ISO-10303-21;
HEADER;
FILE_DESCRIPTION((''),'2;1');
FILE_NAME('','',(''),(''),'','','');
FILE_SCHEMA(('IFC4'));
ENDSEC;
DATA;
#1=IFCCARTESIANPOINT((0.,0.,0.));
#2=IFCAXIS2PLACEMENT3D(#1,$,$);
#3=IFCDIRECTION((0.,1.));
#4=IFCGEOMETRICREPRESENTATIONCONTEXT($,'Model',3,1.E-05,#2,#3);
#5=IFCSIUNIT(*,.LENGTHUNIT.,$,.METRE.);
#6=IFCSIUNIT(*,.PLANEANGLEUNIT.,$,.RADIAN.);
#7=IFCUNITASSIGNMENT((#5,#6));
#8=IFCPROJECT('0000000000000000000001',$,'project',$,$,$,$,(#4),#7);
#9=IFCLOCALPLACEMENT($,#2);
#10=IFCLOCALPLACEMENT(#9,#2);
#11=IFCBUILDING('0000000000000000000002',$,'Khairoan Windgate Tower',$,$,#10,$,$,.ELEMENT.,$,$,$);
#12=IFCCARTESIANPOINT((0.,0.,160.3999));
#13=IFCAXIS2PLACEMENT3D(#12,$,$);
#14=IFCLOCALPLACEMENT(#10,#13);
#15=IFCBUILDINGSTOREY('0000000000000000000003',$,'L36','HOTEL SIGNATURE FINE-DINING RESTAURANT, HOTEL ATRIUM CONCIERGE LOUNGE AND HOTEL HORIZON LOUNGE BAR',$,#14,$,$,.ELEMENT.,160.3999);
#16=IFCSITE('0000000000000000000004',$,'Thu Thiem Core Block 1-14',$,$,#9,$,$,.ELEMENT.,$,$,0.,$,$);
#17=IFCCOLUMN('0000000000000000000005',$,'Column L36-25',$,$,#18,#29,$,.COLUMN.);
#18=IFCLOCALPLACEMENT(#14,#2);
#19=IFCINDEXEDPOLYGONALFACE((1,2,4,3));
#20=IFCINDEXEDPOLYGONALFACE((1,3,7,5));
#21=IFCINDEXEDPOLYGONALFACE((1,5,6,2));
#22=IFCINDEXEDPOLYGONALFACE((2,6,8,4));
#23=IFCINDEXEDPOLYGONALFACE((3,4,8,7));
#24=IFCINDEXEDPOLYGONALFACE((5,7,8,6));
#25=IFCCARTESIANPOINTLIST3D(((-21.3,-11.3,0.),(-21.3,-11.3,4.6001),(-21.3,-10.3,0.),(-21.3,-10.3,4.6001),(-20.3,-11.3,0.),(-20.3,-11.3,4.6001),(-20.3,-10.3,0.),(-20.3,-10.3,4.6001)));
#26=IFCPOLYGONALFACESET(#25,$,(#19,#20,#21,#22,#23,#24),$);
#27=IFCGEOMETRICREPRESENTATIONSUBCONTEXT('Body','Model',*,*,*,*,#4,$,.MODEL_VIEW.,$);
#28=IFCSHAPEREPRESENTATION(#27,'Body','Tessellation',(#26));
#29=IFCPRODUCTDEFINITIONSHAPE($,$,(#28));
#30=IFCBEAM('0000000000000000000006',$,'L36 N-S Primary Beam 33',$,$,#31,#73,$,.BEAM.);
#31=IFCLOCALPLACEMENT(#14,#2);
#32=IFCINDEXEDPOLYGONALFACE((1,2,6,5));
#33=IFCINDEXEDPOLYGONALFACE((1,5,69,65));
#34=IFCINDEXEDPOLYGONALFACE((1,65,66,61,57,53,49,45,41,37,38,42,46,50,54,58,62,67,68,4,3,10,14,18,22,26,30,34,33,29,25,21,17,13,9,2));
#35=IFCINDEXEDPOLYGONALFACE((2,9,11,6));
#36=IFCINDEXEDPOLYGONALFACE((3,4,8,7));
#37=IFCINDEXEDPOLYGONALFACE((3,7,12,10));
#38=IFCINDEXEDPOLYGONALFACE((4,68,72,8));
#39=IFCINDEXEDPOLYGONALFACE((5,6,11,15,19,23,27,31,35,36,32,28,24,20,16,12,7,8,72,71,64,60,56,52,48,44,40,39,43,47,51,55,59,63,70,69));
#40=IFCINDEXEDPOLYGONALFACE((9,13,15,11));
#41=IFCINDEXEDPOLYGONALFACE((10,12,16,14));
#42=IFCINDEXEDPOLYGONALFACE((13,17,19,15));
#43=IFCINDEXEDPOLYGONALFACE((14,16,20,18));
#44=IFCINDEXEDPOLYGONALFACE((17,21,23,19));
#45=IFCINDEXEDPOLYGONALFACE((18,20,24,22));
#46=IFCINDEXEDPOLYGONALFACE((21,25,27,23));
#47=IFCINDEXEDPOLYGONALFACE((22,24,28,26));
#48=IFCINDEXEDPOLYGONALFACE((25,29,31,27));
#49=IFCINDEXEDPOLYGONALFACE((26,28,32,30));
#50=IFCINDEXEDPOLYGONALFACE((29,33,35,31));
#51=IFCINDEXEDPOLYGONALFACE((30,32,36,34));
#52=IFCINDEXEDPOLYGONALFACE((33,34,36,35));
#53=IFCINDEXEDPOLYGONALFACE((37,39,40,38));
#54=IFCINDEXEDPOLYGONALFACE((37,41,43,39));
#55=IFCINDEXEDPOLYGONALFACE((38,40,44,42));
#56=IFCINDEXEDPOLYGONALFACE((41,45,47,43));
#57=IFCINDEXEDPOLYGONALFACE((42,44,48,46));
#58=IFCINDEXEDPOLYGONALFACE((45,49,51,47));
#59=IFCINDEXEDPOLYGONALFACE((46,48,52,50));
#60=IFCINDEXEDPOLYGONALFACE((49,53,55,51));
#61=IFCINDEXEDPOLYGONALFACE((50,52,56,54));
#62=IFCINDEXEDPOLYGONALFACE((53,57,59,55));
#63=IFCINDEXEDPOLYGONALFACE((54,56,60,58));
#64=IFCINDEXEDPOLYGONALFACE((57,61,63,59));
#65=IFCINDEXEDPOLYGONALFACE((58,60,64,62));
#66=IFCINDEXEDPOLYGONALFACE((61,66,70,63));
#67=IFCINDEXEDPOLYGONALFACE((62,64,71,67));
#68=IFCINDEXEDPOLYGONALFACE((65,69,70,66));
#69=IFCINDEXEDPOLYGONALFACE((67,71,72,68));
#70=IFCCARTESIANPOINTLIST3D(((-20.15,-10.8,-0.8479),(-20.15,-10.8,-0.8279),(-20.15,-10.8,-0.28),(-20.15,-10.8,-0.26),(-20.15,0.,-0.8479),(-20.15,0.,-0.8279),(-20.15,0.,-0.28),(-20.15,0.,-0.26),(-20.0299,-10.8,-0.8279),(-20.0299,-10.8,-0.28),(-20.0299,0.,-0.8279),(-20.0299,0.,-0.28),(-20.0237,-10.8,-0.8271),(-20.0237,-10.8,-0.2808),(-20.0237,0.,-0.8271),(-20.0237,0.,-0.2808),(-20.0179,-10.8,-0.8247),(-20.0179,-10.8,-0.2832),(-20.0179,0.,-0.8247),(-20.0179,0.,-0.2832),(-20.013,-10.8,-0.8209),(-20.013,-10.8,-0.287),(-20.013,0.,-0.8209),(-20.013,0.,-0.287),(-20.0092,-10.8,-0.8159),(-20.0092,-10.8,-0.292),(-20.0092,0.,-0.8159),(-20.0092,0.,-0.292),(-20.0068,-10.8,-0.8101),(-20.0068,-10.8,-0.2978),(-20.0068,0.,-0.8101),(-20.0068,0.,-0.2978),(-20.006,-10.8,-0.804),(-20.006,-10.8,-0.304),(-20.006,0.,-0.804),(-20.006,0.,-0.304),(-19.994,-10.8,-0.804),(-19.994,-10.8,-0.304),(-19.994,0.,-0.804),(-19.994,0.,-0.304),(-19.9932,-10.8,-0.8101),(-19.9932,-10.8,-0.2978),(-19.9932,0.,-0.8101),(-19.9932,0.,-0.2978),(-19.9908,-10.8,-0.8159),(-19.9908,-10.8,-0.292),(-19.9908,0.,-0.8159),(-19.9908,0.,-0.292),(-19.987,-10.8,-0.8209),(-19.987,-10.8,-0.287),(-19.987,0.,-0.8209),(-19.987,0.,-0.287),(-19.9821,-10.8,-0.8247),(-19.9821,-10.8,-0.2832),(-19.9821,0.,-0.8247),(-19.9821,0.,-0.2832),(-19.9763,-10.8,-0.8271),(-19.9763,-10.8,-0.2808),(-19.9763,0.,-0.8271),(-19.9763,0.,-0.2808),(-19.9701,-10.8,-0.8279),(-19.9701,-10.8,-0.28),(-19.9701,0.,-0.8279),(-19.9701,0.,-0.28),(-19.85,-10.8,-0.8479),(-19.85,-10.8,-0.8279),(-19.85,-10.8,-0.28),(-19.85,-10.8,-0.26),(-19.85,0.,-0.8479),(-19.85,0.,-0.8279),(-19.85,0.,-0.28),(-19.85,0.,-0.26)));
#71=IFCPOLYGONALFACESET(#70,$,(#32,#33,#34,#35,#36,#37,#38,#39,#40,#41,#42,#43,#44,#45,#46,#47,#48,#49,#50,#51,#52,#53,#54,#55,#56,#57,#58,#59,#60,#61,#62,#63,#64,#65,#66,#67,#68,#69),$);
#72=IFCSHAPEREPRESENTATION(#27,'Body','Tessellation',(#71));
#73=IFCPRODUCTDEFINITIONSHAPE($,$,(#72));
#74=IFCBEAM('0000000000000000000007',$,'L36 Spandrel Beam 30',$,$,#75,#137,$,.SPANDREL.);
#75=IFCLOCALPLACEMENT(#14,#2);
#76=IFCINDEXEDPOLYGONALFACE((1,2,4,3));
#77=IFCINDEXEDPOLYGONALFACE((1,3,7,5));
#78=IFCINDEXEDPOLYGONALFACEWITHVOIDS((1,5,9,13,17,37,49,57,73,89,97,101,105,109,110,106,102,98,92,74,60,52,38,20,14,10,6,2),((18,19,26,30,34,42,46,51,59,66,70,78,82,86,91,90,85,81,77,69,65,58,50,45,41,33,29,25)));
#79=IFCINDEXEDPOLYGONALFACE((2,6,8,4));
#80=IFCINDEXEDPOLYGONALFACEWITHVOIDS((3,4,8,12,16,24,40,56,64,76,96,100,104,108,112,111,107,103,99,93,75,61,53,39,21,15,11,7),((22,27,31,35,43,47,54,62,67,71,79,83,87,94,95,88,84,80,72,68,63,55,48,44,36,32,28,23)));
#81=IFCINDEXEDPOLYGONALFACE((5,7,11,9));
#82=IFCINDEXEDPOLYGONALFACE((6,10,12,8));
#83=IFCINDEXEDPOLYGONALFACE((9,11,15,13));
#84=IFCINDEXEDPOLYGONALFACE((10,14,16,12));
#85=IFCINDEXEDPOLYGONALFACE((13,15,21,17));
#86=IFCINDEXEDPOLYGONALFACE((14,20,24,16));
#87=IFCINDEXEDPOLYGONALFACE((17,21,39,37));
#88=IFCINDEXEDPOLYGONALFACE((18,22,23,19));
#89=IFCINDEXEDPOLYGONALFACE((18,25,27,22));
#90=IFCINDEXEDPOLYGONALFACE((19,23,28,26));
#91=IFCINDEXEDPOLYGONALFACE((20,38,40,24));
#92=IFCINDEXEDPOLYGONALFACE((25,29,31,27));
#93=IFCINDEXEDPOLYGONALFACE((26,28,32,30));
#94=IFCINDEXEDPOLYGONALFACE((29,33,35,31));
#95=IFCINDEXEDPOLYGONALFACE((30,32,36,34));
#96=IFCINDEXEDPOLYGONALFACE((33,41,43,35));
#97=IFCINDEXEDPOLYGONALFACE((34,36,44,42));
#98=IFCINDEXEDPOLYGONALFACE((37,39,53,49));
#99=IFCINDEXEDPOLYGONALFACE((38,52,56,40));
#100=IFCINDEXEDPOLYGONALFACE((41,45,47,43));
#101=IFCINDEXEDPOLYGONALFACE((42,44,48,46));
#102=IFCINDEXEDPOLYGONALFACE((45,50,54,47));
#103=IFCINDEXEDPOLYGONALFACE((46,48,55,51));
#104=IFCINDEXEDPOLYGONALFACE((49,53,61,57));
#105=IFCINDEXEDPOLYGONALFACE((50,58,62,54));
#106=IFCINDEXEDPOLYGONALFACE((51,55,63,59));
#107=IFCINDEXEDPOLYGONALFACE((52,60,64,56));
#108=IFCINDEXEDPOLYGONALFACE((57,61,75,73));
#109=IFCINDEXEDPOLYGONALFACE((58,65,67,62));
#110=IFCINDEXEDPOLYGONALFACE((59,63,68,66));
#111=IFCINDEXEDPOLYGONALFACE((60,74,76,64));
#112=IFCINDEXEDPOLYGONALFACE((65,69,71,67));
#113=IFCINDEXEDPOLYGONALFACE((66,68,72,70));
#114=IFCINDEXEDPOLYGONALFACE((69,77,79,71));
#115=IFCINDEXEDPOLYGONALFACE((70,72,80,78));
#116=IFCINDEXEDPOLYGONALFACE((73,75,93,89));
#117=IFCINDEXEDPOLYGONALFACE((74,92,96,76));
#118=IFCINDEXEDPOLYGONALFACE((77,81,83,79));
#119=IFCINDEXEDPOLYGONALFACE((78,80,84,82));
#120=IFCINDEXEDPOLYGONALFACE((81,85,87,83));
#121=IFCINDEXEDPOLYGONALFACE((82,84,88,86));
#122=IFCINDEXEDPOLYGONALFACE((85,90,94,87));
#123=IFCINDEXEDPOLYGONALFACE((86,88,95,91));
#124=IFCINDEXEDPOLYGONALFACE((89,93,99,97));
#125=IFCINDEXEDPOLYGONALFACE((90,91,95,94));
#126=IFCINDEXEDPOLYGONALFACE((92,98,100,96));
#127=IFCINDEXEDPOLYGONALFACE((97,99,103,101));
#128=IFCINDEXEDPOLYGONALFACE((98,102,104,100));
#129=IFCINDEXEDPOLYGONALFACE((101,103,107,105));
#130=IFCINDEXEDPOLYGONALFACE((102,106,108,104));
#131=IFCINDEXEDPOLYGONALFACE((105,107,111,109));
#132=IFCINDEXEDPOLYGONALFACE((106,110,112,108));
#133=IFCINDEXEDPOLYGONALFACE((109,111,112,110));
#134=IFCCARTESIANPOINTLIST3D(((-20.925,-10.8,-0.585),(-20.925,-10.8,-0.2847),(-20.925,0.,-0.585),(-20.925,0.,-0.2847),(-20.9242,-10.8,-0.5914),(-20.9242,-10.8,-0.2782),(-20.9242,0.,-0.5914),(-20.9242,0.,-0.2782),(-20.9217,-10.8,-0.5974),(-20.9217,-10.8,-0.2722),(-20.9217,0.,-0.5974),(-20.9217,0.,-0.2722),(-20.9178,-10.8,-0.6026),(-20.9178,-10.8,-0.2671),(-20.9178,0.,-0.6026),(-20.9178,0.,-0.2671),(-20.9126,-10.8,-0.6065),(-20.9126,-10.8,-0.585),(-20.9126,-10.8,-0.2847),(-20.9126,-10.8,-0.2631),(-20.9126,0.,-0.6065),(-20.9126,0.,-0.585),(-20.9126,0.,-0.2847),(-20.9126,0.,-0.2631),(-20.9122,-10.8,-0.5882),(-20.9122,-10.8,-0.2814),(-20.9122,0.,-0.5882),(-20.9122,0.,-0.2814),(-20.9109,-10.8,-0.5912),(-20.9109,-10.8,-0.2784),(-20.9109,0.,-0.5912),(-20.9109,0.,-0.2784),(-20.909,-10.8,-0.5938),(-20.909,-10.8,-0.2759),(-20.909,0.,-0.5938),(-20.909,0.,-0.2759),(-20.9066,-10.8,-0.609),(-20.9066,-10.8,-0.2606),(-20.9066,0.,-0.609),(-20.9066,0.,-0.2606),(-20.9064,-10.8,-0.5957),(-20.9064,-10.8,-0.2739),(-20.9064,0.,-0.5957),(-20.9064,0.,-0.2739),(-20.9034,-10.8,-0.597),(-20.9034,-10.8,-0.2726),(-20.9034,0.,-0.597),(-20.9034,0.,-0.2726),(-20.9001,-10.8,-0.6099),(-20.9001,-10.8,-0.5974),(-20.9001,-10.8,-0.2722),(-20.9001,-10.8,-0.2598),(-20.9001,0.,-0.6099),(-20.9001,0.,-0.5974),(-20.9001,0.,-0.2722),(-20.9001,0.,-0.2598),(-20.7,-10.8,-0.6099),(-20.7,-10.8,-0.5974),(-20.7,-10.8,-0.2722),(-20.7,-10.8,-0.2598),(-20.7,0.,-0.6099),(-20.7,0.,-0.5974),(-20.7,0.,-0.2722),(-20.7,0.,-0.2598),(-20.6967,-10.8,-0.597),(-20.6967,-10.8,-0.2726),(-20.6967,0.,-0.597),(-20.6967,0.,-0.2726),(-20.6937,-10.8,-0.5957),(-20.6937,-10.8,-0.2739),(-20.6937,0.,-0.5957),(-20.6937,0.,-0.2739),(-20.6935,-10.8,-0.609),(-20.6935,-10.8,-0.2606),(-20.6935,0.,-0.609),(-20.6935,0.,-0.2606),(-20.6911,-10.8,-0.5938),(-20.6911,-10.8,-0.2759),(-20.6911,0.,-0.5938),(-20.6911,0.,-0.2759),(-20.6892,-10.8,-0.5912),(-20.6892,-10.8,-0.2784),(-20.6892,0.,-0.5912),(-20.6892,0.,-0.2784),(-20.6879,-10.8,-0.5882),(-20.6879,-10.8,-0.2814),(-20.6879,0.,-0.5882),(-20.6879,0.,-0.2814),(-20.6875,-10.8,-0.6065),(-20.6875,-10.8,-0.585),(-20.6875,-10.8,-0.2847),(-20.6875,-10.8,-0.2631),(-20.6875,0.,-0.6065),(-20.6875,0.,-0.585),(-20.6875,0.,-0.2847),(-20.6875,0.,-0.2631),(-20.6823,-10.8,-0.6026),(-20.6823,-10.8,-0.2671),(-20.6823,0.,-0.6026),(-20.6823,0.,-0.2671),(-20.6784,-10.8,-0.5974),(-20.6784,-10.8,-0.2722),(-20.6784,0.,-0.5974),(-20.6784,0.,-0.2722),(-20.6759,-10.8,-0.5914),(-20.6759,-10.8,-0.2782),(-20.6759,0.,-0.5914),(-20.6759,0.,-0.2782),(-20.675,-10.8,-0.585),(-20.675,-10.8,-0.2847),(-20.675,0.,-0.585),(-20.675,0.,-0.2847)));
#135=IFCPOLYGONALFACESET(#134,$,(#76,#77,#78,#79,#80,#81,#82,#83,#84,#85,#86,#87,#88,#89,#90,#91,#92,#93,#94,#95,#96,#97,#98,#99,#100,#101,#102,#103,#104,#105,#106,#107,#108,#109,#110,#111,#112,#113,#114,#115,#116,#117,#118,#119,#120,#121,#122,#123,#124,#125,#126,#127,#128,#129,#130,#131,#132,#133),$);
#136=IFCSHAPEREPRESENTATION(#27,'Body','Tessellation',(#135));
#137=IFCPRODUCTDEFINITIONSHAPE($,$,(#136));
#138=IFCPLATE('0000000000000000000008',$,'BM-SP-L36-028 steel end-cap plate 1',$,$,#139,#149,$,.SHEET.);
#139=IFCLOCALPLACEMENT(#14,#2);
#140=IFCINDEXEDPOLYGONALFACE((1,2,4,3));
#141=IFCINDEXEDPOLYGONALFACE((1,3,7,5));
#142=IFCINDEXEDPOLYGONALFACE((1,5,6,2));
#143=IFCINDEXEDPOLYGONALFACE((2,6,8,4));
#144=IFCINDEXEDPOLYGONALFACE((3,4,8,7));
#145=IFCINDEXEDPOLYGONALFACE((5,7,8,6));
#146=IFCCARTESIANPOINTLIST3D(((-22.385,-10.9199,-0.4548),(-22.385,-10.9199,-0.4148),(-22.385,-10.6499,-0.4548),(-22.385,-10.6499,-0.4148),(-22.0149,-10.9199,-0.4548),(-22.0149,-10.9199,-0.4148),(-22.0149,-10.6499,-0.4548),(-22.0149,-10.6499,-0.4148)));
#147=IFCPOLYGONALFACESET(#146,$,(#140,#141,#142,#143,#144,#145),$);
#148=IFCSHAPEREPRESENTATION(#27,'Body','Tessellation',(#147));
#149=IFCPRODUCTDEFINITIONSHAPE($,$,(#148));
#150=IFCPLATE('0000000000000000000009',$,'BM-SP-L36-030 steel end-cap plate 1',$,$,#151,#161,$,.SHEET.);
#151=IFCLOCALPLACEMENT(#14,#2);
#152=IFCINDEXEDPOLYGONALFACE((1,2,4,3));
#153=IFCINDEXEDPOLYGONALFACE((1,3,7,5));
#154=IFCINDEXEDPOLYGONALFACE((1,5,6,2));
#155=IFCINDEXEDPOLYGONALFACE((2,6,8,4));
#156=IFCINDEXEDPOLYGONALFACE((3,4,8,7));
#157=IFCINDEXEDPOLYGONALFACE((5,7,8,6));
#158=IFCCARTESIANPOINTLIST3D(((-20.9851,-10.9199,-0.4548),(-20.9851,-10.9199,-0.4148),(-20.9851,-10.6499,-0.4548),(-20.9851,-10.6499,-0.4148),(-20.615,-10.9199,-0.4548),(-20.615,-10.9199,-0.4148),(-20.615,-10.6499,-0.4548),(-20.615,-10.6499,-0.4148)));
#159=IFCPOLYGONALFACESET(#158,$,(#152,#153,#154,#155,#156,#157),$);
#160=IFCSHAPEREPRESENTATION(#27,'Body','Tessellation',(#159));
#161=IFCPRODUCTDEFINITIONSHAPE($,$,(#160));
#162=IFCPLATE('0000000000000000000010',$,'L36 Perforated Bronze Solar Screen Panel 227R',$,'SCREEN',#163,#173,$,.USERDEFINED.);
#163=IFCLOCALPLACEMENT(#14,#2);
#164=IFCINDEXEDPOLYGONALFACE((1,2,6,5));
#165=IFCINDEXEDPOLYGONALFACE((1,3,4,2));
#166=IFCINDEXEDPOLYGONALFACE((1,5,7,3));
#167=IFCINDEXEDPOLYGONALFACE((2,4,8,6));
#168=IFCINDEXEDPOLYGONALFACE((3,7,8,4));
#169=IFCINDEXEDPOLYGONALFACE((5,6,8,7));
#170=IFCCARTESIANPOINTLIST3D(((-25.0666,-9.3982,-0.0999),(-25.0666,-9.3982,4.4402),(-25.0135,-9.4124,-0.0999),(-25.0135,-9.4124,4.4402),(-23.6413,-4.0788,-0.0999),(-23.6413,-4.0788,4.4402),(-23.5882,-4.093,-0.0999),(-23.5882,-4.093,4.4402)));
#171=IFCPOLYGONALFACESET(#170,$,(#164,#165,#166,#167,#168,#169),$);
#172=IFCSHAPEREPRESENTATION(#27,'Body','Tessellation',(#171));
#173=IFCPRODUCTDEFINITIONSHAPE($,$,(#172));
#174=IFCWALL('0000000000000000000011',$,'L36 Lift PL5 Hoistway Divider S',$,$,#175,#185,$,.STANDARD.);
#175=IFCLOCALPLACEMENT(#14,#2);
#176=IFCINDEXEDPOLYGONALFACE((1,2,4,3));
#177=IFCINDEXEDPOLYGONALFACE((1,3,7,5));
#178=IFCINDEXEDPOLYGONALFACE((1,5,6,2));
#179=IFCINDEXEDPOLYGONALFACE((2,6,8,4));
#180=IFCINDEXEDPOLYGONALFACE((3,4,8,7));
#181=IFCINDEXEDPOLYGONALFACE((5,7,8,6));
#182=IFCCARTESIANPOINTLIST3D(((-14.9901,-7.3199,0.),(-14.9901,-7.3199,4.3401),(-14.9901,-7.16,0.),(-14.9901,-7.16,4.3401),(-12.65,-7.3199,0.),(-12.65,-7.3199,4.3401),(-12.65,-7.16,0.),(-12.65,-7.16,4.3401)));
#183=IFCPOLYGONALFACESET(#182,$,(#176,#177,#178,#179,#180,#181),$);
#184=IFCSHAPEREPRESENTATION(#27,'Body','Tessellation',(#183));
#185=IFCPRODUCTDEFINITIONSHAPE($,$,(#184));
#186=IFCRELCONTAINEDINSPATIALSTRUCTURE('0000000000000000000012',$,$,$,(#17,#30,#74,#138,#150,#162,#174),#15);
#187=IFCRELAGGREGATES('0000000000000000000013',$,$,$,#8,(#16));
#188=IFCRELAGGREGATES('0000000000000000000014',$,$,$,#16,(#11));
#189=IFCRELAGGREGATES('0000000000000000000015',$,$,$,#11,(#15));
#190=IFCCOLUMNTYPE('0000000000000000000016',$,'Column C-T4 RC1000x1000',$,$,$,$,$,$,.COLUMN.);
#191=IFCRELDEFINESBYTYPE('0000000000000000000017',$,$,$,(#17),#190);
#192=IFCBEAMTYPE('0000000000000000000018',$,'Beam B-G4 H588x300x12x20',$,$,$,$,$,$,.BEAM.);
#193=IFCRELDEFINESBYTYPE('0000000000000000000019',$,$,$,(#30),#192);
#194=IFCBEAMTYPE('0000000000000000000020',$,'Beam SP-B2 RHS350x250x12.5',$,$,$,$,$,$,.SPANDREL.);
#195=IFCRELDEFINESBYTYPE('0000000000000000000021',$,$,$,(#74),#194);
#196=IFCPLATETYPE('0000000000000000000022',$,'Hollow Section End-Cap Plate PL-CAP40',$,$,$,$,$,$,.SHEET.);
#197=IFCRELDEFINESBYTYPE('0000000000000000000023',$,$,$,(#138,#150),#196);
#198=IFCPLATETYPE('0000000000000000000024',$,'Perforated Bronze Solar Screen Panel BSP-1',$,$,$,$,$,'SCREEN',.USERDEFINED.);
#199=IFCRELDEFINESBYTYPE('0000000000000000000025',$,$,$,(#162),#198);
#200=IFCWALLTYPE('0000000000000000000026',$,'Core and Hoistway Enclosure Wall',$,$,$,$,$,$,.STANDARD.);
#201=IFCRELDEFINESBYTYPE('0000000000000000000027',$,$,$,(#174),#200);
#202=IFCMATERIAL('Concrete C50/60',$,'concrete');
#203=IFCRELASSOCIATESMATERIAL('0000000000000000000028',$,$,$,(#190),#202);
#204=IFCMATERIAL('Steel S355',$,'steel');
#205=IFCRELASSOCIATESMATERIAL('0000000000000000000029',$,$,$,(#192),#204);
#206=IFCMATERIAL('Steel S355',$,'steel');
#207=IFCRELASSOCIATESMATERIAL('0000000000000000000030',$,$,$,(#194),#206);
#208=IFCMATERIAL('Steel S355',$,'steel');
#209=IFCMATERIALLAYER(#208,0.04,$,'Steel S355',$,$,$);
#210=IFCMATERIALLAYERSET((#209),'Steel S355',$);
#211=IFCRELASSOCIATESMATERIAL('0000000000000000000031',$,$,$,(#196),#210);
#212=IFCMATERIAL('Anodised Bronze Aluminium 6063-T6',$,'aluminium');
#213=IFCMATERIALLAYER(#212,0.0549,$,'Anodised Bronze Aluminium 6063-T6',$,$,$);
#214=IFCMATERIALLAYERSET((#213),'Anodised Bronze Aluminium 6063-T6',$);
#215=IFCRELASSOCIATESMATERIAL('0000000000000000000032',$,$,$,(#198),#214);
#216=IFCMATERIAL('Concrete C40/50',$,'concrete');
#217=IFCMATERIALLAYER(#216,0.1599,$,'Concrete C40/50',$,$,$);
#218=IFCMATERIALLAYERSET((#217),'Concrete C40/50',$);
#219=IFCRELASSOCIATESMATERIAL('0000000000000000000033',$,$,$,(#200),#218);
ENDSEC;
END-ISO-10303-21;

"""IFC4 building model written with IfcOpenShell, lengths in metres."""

from ifc_helpers import new_model, si_unit, direction, frame, frame_2d, origin, origin_2d, place, context, subcontext, project, spatial, rectangle, hollow_rectangle, i_section, extrude, material, layer, layer_set, material_profile, profile_set, type_object, element, save


model = new_model("IFC4")

# Units and contexts
model_context = context("Model", 3, precision=1e-05, world=origin(), true_north=direction((0.0, 1.0)))
body_context = subcontext(model_context, "Body", "Model", "MODEL_VIEW")
ifc_project = project(units=[si_unit("LENGTHUNIT", "METRE"), si_unit("PLANEANGLEUNIT", "RADIAN")], contexts=[model_context])

# Site, building, storey
site_placement = place(None, origin())
site = spatial("IfcSite", under=ifc_project, at=site_placement, Name="Thu Thiem Core Block 1-14", CompositionType="ELEMENT", RefElevation=0.0)
building_placement = place(site_placement, origin())
building = spatial("IfcBuilding", under=site, at=building_placement, Name="Khairoan Windgate Tower", CompositionType="ELEMENT")
storey_placement = place(building_placement, frame((0.0, 0.0, 160.3999)))
storey = spatial("IfcBuildingStorey", under=building, at=storey_placement, Name="L36", Description="HOTEL SIGNATURE FINE-DINING RESTAURANT, HOTEL ATRIUM CONCIERGE LOUNGE AND HOTEL HORIZON LOUNGE BAR", CompositionType="ELEMENT", Elevation=160.3999)

# Column
ifc_material_1 = material(Name="Concrete C50/60", Category="concrete")
ifc_material_profile_1 = material_profile(ifc_material_1, rectangle(XDim=1.0, YDim=1.0, at=origin_2d()))
ifc_profile_set_1 = profile_set([ifc_material_profile_1], Name="Concrete C50/60")
column_type = type_object("IfcColumnType", Name="Column C-T4 RC1000x1000", PredefinedType="COLUMN", material=ifc_profile_set_1)
column_placement = place(storey_placement, frame((-20.8, -10.8, 0.0), z_axis=(0.0, 0.0, 1.0), x_axis=(1.0, 0.0, 0.0)))
element("IfcColumn", 1, at=column_placement, inside=storey, type_object=column_type, Name="Column L36-25", PredefinedType="COLUMN", context=body_context, shape_type="SweptSolid", body=[
    extrude(rectangle(XDim=1.0, YDim=1.0, at=origin_2d()), origin(), (0.0, 0.0, 1.0), 4.6001),
])

# Beams
ifc_material_2 = material(Name="Steel S355", Category="steel")
ifc_material_profile_2 = material_profile(ifc_material_2, i_section(OverallWidth=0.3, OverallDepth=0.5879, WebThickness=0.012, FlangeThickness=0.02, FilletRadius=0.0239, at=origin_2d()))
ifc_profile_set_2 = profile_set([ifc_material_profile_2], Name="Steel S355")
beam_type_1 = type_object("IfcBeamType", Name="Beam B-G4 H588x300x12x20", PredefinedType="BEAM", material=ifc_profile_set_2)
beam_1_placement = place(storey_placement, frame((-20.0, -10.8, -0.554), z_axis=(0.0, 1.0, 0.0), x_axis=(-1.0, 0.0, 0.0)))
element("IfcBeam", 2, at=beam_1_placement, inside=storey, type_object=beam_type_1, Name="L36 N-S Primary Beam 33", PredefinedType="BEAM", context=body_context, shape_type="SweptSolid", body=[
    extrude(i_section(OverallWidth=0.3, OverallDepth=0.5879, WebThickness=0.012, FlangeThickness=0.02, FilletRadius=0.0239, at=origin_2d()), origin(), (0.0, 0.0, 1.0), 10.8),
])
ifc_material_3 = material(Name="Steel S355", Category="steel")
ifc_material_profile_3 = material_profile(ifc_material_3, hollow_rectangle(XDim=0.25, YDim=0.3501, WallThickness=0.0125, InnerFilletRadius=0.0125, OuterFilletRadius=0.0249, at=origin_2d()))
ifc_profile_set_3 = profile_set([ifc_material_profile_3], Name="Steel S355")
beam_type_2 = type_object("IfcBeamType", Name="Beam SP-B2 RHS350x250x12.5", PredefinedType="SPANDREL", material=ifc_profile_set_3)
beam_2_placement = place(storey_placement, frame((-20.8, -10.8, -0.4348), z_axis=(0.0, 1.0, 0.0), x_axis=(-1.0, 0.0, 0.0)))
element("IfcBeam", 3, at=beam_2_placement, inside=storey, type_object=beam_type_2, Name="L36 Spandrel Beam 30", PredefinedType="SPANDREL", context=body_context, shape_type="SweptSolid", body=[
    extrude(hollow_rectangle(XDim=0.25, YDim=0.3501, WallThickness=0.0125, InnerFilletRadius=0.0125, OuterFilletRadius=0.0249, at=origin_2d()), origin(), (0.0, 0.0, 1.0), 10.8),
])

# Plates
ifc_material_4 = material(Name="Steel S355", Category="steel")
ifc_layer_1 = layer(ifc_material_4, 0.04, Name="Steel S355")
ifc_layer_set_1 = layer_set([ifc_layer_1], Name="Steel S355")
plate_type_1 = type_object("IfcPlateType", Name="Hollow Section End-Cap Plate PL-CAP40", PredefinedType="SHEET", material=ifc_layer_set_1)
for number, where, z_axis, x_axis, name in (
    (4, (-22.2, -10.7849, -0.4548), (0.0, 0.0, 1.0), (0.0, 1.0, 0.0), "BM-SP-L36-028 steel end-cap plate 1"),
    (5, (-20.8, -10.7849, -0.4548), (0.0, 0.0, 1.0), (0.0, 1.0, 0.0), "BM-SP-L36-030 steel end-cap plate 1"),
):
    element("IfcPlate", number, at=place(storey_placement, frame(where, z_axis=z_axis, x_axis=x_axis)), inside=storey, type_object=plate_type_1, Name=name, PredefinedType="SHEET", context=body_context, shape_type="SweptSolid", body=[
        extrude(rectangle(XDim=0.27, YDim=0.3701, at=origin_2d()), origin(), (0.0, 0.0, 1.0), 0.04),
    ])
ifc_material_5 = material(Name="Anodised Bronze Aluminium 6063-T6", Category="aluminium")
ifc_layer_2 = layer(ifc_material_5, 0.0549, Name="Anodised Bronze Aluminium 6063-T6")
ifc_layer_set_2 = layer_set([ifc_layer_2], Name="Anodised Bronze Aluminium 6063-T6")
plate_type_2 = type_object("IfcPlateType", Name="Perforated Bronze Solar Screen Panel BSP-1", ElementType="SCREEN", PredefinedType="USERDEFINED", material=ifc_layer_set_2)
plate_placement = place(storey_placement, frame((-24.3274, -6.7456, -0.0999), z_axis=(0.0, 0.0, 1.0), x_axis=(0.258819, 0.965926, 0.0)))
element("IfcPlate", 6, at=plate_placement, inside=storey, type_object=plate_type_2, Name="L36 Perforated Bronze Solar Screen Panel 227R", ObjectType="SCREEN", PredefinedType="USERDEFINED", context=body_context, shape_type="SweptSolid", body=[
    extrude(rectangle(XDim=5.5071, YDim=0.0549, at=origin_2d()), origin(), (0.0, 0.0, 1.0), 4.54),
])

# Wall
ifc_material_6 = material(Name="Concrete C40/50", Category="concrete")
ifc_layer_3 = layer(ifc_material_6, 0.1599, Name="Concrete C40/50")
ifc_layer_set_3 = layer_set([ifc_layer_3], Name="Concrete C40/50")
wall_type_1 = type_object("IfcWallType", Name="Core and Hoistway Enclosure Wall", PredefinedType="STANDARD", material=ifc_layer_set_3)
for number, where, z_axis, x_axis, name in (
    (7, (-14.99, -7.24, 0.0), (0.0, 0.0, 1.0), (1.0, 0.0, 0.0), "L36 Lift PL5 Hoistway Divider S"),
):
    element("IfcWall", number, at=place(storey_placement, frame(where, z_axis=z_axis, x_axis=x_axis)), inside=storey, type_object=wall_type_1, Name=name, PredefinedType="STANDARD", context=body_context, shape_type="SweptSolid", body=[
        extrude(rectangle(XDim=2.3401, YDim=0.1599, at=frame_2d((1.1699, 0.0))), origin(), (0.0, 0.0, 1.0), 4.3401),
    ])

save(model, "model.ifc")
